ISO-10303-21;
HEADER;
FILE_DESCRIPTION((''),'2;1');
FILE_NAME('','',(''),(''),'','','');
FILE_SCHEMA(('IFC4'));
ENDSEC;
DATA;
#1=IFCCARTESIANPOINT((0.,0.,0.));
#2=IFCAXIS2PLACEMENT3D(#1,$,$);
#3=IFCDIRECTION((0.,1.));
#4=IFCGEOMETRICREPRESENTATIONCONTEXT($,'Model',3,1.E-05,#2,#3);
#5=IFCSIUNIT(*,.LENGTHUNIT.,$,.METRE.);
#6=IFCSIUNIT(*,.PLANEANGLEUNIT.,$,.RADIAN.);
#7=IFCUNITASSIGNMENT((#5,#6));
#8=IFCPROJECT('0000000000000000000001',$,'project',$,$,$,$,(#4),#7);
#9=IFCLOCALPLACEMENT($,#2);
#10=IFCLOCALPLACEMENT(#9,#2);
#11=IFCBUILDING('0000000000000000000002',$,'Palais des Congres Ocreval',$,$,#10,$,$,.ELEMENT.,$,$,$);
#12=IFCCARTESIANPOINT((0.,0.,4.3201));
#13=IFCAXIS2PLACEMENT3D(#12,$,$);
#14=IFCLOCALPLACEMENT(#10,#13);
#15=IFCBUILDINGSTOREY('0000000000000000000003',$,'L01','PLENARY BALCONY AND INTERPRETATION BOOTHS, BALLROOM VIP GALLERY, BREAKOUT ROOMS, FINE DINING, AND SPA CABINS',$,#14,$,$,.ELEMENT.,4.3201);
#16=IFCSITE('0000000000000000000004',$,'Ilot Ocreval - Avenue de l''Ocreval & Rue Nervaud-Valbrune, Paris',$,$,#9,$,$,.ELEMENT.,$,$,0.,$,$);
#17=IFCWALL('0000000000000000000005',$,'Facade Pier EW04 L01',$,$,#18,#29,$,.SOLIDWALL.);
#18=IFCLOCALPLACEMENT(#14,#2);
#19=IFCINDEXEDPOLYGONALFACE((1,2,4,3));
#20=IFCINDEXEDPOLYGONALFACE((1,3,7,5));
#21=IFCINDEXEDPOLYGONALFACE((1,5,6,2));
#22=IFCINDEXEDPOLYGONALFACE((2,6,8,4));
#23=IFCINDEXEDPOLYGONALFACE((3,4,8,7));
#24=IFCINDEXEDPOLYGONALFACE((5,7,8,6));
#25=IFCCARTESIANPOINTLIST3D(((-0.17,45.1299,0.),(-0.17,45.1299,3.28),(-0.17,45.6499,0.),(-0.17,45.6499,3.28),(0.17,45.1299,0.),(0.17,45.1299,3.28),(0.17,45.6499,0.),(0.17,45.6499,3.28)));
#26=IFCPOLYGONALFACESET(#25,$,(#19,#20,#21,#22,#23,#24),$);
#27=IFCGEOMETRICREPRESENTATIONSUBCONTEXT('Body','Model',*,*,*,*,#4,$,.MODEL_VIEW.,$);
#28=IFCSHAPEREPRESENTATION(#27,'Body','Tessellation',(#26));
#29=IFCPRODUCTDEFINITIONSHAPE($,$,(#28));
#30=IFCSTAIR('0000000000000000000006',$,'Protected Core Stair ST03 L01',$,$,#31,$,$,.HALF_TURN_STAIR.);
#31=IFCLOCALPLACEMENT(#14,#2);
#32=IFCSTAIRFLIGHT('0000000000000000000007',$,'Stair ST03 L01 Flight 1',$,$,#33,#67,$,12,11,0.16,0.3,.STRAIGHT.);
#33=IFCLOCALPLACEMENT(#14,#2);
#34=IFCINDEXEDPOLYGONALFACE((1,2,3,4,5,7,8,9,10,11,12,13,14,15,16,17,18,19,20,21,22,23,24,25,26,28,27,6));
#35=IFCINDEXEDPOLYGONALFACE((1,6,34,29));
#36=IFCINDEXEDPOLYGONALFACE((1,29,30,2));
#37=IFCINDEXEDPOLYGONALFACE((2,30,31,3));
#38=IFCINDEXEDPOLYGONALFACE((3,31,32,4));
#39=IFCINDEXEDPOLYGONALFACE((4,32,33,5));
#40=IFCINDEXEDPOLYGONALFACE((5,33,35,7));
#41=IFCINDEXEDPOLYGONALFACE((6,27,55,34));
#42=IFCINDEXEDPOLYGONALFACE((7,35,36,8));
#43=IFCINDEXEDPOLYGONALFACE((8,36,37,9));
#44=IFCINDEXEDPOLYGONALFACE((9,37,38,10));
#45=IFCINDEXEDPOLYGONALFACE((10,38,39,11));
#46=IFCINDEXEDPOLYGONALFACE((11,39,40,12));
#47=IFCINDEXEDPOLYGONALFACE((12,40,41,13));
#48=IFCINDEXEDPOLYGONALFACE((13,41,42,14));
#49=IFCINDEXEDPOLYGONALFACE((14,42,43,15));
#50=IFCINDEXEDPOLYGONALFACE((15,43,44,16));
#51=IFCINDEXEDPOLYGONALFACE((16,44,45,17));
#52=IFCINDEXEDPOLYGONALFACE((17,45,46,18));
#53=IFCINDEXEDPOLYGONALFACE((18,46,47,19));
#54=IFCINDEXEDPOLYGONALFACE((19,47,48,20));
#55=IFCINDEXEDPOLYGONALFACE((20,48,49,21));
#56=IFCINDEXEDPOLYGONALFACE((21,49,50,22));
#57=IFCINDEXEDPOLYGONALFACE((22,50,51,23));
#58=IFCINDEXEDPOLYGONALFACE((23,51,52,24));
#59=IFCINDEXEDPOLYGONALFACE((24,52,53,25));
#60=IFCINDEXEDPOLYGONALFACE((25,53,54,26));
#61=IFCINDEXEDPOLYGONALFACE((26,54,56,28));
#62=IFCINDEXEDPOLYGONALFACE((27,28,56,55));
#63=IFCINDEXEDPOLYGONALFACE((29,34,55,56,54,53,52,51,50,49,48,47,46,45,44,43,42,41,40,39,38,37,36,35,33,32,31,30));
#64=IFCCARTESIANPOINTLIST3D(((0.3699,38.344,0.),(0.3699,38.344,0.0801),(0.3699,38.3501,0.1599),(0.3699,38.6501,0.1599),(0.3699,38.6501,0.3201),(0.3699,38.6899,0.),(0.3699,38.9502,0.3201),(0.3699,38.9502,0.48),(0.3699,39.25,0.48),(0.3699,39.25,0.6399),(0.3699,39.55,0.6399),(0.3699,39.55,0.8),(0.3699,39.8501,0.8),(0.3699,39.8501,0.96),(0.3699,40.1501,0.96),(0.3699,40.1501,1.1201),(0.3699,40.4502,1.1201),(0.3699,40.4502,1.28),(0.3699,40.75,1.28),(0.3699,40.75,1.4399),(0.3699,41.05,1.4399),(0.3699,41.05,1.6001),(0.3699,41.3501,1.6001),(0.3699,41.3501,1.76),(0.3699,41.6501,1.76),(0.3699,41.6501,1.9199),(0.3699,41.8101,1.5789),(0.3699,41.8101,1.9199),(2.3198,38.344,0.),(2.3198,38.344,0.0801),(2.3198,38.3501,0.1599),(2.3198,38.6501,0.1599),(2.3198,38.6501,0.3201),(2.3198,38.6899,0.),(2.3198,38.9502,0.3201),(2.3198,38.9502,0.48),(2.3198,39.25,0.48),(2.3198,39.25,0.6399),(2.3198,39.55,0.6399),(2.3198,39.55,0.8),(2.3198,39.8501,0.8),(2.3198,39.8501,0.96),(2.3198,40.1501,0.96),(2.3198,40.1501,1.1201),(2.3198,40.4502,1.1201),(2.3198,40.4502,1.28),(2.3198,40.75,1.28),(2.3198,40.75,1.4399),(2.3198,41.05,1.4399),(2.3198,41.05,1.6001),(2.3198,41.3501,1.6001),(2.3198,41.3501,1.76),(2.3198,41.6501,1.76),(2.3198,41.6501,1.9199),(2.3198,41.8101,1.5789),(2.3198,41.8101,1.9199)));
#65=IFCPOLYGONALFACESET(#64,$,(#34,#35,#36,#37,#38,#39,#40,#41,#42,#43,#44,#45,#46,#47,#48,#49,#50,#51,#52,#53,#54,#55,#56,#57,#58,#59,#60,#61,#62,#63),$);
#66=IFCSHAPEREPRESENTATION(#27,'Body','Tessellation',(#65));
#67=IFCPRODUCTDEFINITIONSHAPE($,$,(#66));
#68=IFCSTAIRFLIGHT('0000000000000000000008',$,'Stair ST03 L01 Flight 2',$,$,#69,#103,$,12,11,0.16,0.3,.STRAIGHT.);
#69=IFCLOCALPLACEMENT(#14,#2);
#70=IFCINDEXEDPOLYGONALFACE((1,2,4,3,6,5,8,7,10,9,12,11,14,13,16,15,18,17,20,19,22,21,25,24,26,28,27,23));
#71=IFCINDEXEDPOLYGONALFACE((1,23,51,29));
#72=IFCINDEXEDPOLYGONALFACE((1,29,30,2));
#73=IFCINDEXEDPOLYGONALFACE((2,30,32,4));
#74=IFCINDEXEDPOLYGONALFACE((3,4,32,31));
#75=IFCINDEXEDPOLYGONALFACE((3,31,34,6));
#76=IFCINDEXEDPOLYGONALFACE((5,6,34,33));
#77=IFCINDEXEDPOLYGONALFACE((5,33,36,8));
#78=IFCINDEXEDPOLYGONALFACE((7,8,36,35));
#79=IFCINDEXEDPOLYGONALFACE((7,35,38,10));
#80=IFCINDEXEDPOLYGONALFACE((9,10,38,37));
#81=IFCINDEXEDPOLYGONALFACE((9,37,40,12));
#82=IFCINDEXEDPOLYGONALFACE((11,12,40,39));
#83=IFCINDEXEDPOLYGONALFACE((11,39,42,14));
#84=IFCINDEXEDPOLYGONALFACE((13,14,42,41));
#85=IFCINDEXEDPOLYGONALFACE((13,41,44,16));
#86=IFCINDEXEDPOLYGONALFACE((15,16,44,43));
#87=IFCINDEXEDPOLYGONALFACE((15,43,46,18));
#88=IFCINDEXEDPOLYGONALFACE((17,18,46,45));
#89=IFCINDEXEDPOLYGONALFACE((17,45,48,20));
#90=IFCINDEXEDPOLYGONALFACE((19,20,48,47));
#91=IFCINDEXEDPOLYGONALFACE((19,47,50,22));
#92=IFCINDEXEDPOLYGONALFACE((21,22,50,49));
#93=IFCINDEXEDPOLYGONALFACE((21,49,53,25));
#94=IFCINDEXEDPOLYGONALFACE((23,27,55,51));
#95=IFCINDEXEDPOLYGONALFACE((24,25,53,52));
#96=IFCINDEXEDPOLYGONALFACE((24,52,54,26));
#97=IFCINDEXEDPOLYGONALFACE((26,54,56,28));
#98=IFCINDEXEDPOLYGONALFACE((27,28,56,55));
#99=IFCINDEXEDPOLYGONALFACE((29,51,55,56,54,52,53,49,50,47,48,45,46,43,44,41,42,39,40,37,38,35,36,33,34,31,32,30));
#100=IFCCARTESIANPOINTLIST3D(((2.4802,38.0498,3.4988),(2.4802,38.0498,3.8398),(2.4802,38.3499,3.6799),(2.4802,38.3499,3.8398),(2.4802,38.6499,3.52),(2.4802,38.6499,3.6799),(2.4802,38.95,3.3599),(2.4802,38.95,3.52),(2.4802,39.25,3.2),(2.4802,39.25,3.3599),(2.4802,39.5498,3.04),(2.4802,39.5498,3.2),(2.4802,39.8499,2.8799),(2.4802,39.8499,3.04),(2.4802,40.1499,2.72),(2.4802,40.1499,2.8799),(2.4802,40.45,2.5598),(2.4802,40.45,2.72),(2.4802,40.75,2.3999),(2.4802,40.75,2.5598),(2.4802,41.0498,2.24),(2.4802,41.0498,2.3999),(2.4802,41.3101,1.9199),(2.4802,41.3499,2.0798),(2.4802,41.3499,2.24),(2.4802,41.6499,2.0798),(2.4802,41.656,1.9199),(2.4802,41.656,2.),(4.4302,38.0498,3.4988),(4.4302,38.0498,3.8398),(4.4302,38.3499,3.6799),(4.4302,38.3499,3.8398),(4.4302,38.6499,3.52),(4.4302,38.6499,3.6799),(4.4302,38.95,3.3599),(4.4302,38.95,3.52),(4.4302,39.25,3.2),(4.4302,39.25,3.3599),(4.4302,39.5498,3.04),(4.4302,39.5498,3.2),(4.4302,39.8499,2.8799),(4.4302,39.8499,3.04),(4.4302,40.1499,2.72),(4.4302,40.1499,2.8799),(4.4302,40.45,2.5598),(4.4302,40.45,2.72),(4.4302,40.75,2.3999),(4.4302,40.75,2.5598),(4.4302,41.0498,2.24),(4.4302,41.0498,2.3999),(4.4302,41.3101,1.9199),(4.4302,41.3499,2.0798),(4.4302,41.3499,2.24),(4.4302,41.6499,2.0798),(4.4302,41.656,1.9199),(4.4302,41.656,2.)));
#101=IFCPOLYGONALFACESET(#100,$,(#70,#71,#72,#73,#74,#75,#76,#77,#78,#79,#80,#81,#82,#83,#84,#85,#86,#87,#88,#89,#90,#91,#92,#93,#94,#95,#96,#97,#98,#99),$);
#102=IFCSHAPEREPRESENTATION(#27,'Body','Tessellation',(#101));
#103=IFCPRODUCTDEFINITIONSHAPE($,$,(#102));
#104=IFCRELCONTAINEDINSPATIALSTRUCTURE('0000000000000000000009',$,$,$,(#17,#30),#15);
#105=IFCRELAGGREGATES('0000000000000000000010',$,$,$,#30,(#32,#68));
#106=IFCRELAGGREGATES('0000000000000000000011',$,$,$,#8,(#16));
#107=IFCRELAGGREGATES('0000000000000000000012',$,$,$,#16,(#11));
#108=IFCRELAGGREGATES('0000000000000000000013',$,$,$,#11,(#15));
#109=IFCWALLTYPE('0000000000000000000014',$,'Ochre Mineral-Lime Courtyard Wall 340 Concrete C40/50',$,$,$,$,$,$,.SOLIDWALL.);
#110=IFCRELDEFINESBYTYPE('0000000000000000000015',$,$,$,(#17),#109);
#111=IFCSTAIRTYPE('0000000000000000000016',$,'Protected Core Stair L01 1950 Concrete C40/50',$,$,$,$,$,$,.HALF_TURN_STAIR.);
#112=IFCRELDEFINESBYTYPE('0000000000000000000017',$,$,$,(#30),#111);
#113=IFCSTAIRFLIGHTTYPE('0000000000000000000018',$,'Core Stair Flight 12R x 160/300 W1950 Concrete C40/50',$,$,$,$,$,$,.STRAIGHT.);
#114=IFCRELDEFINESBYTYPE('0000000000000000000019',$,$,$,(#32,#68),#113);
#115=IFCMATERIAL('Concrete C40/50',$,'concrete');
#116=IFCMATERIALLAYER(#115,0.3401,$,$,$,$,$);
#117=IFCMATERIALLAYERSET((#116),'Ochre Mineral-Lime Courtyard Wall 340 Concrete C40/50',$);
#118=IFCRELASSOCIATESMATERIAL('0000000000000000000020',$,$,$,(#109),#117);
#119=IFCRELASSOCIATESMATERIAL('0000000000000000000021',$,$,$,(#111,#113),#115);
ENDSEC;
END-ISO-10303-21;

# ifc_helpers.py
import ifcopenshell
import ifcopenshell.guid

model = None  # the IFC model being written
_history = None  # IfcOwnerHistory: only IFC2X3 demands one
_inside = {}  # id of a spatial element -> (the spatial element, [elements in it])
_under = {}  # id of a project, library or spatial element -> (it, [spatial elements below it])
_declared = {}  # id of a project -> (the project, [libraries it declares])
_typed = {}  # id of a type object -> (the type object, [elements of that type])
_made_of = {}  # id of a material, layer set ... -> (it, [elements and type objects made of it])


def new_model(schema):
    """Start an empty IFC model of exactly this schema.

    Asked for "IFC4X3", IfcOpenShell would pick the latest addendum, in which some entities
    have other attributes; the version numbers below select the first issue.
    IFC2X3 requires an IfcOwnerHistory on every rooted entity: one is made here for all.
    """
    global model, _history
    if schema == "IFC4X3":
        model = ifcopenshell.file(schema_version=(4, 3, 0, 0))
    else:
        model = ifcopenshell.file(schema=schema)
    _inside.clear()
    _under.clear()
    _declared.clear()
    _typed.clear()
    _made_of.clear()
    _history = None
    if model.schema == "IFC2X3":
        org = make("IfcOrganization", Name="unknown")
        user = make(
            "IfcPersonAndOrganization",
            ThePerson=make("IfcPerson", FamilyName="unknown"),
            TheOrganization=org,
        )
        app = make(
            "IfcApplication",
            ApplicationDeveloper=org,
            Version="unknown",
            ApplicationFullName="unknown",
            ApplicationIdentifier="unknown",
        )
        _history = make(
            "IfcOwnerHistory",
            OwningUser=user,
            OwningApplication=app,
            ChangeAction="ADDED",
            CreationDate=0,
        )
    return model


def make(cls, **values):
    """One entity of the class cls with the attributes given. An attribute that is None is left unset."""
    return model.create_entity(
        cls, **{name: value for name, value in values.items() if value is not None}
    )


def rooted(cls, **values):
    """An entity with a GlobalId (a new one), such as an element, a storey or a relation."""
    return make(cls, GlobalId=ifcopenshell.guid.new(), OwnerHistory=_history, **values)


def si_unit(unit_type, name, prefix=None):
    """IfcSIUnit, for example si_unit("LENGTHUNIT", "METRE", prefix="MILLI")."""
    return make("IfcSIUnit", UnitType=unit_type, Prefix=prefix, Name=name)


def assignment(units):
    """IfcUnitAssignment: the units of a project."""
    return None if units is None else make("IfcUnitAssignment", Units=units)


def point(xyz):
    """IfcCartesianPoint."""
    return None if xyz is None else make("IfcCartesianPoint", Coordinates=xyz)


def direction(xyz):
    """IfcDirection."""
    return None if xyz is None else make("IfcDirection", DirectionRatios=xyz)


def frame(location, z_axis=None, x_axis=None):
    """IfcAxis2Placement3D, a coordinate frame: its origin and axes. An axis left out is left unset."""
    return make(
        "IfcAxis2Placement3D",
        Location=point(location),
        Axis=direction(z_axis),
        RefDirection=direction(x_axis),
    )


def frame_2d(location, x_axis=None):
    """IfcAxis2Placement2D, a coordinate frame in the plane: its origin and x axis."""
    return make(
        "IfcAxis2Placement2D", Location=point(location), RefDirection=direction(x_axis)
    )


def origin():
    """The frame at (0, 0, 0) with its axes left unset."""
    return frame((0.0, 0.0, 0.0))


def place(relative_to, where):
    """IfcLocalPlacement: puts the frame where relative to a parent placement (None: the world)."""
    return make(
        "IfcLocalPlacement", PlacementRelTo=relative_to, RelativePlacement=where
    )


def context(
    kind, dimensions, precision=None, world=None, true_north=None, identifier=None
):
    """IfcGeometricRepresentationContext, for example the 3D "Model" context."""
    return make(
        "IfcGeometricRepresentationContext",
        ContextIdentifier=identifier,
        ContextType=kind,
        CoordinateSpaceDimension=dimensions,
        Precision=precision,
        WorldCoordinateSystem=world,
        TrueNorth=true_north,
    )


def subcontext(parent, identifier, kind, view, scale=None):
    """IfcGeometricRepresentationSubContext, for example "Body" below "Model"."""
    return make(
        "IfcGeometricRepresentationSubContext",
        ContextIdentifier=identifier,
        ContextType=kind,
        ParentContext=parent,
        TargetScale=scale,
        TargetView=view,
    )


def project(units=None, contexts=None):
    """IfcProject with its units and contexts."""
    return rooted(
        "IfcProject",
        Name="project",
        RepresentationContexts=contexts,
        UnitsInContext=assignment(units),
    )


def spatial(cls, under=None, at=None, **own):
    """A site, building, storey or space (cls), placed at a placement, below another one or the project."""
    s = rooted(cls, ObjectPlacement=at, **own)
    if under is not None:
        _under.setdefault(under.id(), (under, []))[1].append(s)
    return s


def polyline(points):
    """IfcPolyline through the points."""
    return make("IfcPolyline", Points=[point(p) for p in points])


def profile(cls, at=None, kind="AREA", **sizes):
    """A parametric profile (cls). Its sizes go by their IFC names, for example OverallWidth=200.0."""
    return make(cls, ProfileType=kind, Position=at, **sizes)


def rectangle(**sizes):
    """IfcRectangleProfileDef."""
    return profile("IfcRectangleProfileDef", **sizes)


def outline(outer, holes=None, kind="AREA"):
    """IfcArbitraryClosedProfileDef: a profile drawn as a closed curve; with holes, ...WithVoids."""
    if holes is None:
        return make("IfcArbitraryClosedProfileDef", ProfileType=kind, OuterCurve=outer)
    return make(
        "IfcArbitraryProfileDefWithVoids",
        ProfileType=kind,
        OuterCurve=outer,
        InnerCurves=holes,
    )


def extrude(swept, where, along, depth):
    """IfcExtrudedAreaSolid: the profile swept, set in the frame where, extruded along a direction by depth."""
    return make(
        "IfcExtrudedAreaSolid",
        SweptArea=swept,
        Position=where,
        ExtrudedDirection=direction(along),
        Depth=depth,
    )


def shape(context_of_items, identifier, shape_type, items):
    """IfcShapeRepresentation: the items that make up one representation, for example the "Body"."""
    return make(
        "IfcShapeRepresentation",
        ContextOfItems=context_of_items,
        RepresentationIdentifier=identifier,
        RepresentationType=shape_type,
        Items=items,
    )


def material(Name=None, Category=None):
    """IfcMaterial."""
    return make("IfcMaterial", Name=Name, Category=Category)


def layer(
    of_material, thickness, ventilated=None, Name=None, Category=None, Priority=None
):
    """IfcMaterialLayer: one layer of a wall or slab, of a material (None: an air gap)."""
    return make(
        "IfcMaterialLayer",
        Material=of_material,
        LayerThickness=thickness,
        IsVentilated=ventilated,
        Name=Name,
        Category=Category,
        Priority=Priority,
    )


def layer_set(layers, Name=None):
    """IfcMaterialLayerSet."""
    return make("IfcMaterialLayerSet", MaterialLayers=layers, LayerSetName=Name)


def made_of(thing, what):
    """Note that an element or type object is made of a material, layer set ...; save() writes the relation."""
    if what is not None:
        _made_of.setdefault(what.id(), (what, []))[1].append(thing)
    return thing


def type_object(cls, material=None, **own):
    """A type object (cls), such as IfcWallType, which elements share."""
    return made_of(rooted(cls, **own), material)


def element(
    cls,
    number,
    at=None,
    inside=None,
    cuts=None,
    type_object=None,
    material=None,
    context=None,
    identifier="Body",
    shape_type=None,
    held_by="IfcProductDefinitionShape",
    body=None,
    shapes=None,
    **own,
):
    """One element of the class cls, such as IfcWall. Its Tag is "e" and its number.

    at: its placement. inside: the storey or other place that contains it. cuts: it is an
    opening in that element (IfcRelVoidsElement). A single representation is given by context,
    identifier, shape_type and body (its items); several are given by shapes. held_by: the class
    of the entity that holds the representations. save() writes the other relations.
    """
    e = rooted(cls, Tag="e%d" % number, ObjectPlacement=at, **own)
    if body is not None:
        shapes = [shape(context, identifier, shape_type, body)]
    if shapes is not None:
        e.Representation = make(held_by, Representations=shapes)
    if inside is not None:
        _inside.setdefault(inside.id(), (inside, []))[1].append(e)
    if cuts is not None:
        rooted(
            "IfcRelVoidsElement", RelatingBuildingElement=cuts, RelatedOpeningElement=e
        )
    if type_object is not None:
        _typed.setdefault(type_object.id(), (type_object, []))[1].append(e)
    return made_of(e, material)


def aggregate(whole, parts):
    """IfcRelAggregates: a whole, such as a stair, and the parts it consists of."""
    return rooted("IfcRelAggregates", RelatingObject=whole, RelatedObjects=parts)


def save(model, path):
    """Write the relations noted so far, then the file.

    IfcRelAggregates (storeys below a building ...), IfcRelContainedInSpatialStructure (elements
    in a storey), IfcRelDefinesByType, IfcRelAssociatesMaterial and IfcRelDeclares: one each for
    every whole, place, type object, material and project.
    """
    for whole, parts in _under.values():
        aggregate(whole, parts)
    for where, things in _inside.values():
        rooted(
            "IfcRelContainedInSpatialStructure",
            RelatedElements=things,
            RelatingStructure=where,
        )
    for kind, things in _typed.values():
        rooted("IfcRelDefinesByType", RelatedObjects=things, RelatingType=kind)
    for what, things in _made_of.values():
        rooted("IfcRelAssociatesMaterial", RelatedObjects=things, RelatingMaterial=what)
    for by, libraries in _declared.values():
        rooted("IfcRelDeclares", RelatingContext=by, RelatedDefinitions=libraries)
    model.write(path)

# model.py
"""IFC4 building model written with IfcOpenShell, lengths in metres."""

from ifc_helpers import new_model, si_unit, direction, frame, frame_2d, origin, place, context, subcontext, project, spatial, polyline, rectangle, outline, extrude, material, layer, layer_set, type_object, element, aggregate, save


model = new_model("IFC4")

# Units and contexts
model_context = context("Model", 3, precision=1e-05, world=origin(), true_north=direction((0.0, 1.0)))
body_context = subcontext(model_context, "Body", "Model", "MODEL_VIEW")
ifc_project = project(units=[si_unit("LENGTHUNIT", "METRE"), si_unit("PLANEANGLEUNIT", "RADIAN")], contexts=[model_context])

# Site, building, storey
site_placement = place(None, origin())
site = spatial("IfcSite", under=ifc_project, at=site_placement, Name="Ilot Ocreval - Avenue de l'Ocreval & Rue Nervaud-Valbrune, Paris", CompositionType="ELEMENT", RefElevation=0.0)
building_placement = place(site_placement, origin())
building = spatial("IfcBuilding", under=site, at=building_placement, Name="Palais des Congres Ocreval", CompositionType="ELEMENT")
storey_placement = place(building_placement, frame((0.0, 0.0, 4.3201)))
storey = spatial("IfcBuildingStorey", under=building, at=storey_placement, Name="L01", Description="PLENARY BALCONY AND INTERPRETATION BOOTHS, BALLROOM VIP GALLERY, BREAKOUT ROOMS, FINE DINING, AND SPA CABINS", CompositionType="ELEMENT", Elevation=4.3201)

# Shared definitions
ifc_material_1 = material(Name="Concrete C40/50", Category="concrete")

# Wall
ifc_layer_1 = layer(ifc_material_1, 0.3401)
ifc_layer_set_1 = layer_set([ifc_layer_1], Name="Ochre Mineral-Lime Courtyard Wall 340 Concrete C40/50")
wall_type_1 = type_object("IfcWallType", Name="Ochre Mineral-Lime Courtyard Wall 340 Concrete C40/50", PredefinedType="SOLIDWALL", material=ifc_layer_set_1)
wall_1_placement = place(storey_placement, frame((0.0, 45.1299, 0.0), z_axis=(0.0, 0.0, 1.0), x_axis=(0.0, 1.0, 0.0)))
element("IfcWall", 1, at=wall_1_placement, inside=storey, type_object=wall_type_1, Name="Facade Pier EW04 L01", PredefinedType="SOLIDWALL", context=body_context, shape_type="SweptSolid", body=[
    extrude(rectangle(XDim=0.52, YDim=0.3401, at=frame_2d((0.26, 0.0))), origin(), (0.0, 0.0, 1.0), 3.28),
])

# Stair, stair flights
stair_type = type_object("IfcStairType", Name="Protected Core Stair L01 1950 Concrete C40/50", PredefinedType="HALF_TURN_STAIR", material=ifc_material_1)
stair_placement = place(storey_placement, origin())
stair = element("IfcStair", 2, at=stair_placement, inside=storey, type_object=stair_type, Name="Protected Core Stair ST03 L01", PredefinedType="HALF_TURN_STAIR")
stair_flight_type = type_object("IfcStairFlightType", Name="Core Stair Flight 12R x 160/300 W1950 Concrete C40/50", PredefinedType="STRAIGHT", material=ifc_material_1)
stair_flight_1_placement = place(storey_placement, frame((1.345, 38.3501, 0.0), z_axis=(0.0, 0.0, 1.0), x_axis=(0.0, 1.0, 0.0)))
stair_flight_1 = element("IfcStairFlight", 3, at=stair_flight_1_placement, type_object=stair_flight_type, Name="Stair ST03 L01 Flight 1", NumberOfRisers=12, NumberOfTreads=11, PredefinedType="STRAIGHT", RiserHeight=0.16, TreadLength=0.3, context=body_context, shape_type="SweptSolid", body=[
    extrude(outline(polyline([(-0.0061, 0.0), (-0.0061, 0.0801), (0.0, 0.1599), (0.3, 0.1599), (0.3, 0.3201), (0.6001, 0.3201), (0.6001, 0.48), (0.8999, 0.48), (0.8999, 0.6399), (1.2, 0.6399), (1.2, 0.8), (1.5, 0.8), (1.5, 0.96), (1.8, 0.96), (1.8, 1.1201), (2.1001, 1.1201), (2.1001, 1.28), (2.3999, 1.28), (2.3999, 1.4399), (2.7, 1.4399), (2.7, 1.6001), (3.0, 1.6001), (3.0, 1.76), (3.3, 1.76), (3.3, 1.9199), (3.46, 1.9199), (3.46, 1.5789), (0.3398, 0.0), (-0.0061, 0.0)])), frame((0.0, 0.9751, 0.0), z_axis=(0.0, -1.0, 0.0), x_axis=(1.0, 0.0, 0.0)), (0.0, 0.0, 1.0), 1.95),
])
stair_flight_2_placement = place(storey_placement, frame((3.4551, 41.6499, 1.9199), z_axis=(0.0, 0.0, 1.0), x_axis=(0.0, -1.0, 0.0)))
stair_flight_2 = element("IfcStairFlight", 4, at=stair_flight_2_placement, type_object=stair_flight_type, Name="Stair ST03 L01 Flight 2", NumberOfRisers=12, NumberOfTreads=11, PredefinedType="STRAIGHT", RiserHeight=0.16, TreadLength=0.3, context=body_context, shape_type="SweptSolid", body=[
    extrude(outline(polyline([(-0.0061, 0.0), (-0.0061, 0.0801), (0.0, 0.1599), (0.3, 0.1599), (0.3, 0.3201), (0.6001, 0.3201), (0.6001, 0.48), (0.8999, 0.48), (0.8999, 0.6399), (1.2, 0.6399), (1.2, 0.8), (1.5, 0.8), (1.5, 0.96), (1.8, 0.96), (1.8, 1.1201), (2.1001, 1.1201), (2.1001, 1.28), (2.3999, 1.28), (2.3999, 1.4399), (2.7, 1.4399), (2.7, 1.6001), (3.0, 1.6001), (3.0, 1.76), (3.3, 1.76), (3.3, 1.9199), (3.6001, 1.9199), (3.6001, 1.5789), (0.3398, 0.0), (-0.0061, 0.0)])), frame((0.0, 0.9751, 0.0), z_axis=(0.0, -1.0, 0.0), x_axis=(1.0, 0.0, 0.0)), (0.0, 0.0, 1.0), 1.95),
])
aggregate(stair, [stair_flight_1, stair_flight_2])

save(model, "model.ifc")
